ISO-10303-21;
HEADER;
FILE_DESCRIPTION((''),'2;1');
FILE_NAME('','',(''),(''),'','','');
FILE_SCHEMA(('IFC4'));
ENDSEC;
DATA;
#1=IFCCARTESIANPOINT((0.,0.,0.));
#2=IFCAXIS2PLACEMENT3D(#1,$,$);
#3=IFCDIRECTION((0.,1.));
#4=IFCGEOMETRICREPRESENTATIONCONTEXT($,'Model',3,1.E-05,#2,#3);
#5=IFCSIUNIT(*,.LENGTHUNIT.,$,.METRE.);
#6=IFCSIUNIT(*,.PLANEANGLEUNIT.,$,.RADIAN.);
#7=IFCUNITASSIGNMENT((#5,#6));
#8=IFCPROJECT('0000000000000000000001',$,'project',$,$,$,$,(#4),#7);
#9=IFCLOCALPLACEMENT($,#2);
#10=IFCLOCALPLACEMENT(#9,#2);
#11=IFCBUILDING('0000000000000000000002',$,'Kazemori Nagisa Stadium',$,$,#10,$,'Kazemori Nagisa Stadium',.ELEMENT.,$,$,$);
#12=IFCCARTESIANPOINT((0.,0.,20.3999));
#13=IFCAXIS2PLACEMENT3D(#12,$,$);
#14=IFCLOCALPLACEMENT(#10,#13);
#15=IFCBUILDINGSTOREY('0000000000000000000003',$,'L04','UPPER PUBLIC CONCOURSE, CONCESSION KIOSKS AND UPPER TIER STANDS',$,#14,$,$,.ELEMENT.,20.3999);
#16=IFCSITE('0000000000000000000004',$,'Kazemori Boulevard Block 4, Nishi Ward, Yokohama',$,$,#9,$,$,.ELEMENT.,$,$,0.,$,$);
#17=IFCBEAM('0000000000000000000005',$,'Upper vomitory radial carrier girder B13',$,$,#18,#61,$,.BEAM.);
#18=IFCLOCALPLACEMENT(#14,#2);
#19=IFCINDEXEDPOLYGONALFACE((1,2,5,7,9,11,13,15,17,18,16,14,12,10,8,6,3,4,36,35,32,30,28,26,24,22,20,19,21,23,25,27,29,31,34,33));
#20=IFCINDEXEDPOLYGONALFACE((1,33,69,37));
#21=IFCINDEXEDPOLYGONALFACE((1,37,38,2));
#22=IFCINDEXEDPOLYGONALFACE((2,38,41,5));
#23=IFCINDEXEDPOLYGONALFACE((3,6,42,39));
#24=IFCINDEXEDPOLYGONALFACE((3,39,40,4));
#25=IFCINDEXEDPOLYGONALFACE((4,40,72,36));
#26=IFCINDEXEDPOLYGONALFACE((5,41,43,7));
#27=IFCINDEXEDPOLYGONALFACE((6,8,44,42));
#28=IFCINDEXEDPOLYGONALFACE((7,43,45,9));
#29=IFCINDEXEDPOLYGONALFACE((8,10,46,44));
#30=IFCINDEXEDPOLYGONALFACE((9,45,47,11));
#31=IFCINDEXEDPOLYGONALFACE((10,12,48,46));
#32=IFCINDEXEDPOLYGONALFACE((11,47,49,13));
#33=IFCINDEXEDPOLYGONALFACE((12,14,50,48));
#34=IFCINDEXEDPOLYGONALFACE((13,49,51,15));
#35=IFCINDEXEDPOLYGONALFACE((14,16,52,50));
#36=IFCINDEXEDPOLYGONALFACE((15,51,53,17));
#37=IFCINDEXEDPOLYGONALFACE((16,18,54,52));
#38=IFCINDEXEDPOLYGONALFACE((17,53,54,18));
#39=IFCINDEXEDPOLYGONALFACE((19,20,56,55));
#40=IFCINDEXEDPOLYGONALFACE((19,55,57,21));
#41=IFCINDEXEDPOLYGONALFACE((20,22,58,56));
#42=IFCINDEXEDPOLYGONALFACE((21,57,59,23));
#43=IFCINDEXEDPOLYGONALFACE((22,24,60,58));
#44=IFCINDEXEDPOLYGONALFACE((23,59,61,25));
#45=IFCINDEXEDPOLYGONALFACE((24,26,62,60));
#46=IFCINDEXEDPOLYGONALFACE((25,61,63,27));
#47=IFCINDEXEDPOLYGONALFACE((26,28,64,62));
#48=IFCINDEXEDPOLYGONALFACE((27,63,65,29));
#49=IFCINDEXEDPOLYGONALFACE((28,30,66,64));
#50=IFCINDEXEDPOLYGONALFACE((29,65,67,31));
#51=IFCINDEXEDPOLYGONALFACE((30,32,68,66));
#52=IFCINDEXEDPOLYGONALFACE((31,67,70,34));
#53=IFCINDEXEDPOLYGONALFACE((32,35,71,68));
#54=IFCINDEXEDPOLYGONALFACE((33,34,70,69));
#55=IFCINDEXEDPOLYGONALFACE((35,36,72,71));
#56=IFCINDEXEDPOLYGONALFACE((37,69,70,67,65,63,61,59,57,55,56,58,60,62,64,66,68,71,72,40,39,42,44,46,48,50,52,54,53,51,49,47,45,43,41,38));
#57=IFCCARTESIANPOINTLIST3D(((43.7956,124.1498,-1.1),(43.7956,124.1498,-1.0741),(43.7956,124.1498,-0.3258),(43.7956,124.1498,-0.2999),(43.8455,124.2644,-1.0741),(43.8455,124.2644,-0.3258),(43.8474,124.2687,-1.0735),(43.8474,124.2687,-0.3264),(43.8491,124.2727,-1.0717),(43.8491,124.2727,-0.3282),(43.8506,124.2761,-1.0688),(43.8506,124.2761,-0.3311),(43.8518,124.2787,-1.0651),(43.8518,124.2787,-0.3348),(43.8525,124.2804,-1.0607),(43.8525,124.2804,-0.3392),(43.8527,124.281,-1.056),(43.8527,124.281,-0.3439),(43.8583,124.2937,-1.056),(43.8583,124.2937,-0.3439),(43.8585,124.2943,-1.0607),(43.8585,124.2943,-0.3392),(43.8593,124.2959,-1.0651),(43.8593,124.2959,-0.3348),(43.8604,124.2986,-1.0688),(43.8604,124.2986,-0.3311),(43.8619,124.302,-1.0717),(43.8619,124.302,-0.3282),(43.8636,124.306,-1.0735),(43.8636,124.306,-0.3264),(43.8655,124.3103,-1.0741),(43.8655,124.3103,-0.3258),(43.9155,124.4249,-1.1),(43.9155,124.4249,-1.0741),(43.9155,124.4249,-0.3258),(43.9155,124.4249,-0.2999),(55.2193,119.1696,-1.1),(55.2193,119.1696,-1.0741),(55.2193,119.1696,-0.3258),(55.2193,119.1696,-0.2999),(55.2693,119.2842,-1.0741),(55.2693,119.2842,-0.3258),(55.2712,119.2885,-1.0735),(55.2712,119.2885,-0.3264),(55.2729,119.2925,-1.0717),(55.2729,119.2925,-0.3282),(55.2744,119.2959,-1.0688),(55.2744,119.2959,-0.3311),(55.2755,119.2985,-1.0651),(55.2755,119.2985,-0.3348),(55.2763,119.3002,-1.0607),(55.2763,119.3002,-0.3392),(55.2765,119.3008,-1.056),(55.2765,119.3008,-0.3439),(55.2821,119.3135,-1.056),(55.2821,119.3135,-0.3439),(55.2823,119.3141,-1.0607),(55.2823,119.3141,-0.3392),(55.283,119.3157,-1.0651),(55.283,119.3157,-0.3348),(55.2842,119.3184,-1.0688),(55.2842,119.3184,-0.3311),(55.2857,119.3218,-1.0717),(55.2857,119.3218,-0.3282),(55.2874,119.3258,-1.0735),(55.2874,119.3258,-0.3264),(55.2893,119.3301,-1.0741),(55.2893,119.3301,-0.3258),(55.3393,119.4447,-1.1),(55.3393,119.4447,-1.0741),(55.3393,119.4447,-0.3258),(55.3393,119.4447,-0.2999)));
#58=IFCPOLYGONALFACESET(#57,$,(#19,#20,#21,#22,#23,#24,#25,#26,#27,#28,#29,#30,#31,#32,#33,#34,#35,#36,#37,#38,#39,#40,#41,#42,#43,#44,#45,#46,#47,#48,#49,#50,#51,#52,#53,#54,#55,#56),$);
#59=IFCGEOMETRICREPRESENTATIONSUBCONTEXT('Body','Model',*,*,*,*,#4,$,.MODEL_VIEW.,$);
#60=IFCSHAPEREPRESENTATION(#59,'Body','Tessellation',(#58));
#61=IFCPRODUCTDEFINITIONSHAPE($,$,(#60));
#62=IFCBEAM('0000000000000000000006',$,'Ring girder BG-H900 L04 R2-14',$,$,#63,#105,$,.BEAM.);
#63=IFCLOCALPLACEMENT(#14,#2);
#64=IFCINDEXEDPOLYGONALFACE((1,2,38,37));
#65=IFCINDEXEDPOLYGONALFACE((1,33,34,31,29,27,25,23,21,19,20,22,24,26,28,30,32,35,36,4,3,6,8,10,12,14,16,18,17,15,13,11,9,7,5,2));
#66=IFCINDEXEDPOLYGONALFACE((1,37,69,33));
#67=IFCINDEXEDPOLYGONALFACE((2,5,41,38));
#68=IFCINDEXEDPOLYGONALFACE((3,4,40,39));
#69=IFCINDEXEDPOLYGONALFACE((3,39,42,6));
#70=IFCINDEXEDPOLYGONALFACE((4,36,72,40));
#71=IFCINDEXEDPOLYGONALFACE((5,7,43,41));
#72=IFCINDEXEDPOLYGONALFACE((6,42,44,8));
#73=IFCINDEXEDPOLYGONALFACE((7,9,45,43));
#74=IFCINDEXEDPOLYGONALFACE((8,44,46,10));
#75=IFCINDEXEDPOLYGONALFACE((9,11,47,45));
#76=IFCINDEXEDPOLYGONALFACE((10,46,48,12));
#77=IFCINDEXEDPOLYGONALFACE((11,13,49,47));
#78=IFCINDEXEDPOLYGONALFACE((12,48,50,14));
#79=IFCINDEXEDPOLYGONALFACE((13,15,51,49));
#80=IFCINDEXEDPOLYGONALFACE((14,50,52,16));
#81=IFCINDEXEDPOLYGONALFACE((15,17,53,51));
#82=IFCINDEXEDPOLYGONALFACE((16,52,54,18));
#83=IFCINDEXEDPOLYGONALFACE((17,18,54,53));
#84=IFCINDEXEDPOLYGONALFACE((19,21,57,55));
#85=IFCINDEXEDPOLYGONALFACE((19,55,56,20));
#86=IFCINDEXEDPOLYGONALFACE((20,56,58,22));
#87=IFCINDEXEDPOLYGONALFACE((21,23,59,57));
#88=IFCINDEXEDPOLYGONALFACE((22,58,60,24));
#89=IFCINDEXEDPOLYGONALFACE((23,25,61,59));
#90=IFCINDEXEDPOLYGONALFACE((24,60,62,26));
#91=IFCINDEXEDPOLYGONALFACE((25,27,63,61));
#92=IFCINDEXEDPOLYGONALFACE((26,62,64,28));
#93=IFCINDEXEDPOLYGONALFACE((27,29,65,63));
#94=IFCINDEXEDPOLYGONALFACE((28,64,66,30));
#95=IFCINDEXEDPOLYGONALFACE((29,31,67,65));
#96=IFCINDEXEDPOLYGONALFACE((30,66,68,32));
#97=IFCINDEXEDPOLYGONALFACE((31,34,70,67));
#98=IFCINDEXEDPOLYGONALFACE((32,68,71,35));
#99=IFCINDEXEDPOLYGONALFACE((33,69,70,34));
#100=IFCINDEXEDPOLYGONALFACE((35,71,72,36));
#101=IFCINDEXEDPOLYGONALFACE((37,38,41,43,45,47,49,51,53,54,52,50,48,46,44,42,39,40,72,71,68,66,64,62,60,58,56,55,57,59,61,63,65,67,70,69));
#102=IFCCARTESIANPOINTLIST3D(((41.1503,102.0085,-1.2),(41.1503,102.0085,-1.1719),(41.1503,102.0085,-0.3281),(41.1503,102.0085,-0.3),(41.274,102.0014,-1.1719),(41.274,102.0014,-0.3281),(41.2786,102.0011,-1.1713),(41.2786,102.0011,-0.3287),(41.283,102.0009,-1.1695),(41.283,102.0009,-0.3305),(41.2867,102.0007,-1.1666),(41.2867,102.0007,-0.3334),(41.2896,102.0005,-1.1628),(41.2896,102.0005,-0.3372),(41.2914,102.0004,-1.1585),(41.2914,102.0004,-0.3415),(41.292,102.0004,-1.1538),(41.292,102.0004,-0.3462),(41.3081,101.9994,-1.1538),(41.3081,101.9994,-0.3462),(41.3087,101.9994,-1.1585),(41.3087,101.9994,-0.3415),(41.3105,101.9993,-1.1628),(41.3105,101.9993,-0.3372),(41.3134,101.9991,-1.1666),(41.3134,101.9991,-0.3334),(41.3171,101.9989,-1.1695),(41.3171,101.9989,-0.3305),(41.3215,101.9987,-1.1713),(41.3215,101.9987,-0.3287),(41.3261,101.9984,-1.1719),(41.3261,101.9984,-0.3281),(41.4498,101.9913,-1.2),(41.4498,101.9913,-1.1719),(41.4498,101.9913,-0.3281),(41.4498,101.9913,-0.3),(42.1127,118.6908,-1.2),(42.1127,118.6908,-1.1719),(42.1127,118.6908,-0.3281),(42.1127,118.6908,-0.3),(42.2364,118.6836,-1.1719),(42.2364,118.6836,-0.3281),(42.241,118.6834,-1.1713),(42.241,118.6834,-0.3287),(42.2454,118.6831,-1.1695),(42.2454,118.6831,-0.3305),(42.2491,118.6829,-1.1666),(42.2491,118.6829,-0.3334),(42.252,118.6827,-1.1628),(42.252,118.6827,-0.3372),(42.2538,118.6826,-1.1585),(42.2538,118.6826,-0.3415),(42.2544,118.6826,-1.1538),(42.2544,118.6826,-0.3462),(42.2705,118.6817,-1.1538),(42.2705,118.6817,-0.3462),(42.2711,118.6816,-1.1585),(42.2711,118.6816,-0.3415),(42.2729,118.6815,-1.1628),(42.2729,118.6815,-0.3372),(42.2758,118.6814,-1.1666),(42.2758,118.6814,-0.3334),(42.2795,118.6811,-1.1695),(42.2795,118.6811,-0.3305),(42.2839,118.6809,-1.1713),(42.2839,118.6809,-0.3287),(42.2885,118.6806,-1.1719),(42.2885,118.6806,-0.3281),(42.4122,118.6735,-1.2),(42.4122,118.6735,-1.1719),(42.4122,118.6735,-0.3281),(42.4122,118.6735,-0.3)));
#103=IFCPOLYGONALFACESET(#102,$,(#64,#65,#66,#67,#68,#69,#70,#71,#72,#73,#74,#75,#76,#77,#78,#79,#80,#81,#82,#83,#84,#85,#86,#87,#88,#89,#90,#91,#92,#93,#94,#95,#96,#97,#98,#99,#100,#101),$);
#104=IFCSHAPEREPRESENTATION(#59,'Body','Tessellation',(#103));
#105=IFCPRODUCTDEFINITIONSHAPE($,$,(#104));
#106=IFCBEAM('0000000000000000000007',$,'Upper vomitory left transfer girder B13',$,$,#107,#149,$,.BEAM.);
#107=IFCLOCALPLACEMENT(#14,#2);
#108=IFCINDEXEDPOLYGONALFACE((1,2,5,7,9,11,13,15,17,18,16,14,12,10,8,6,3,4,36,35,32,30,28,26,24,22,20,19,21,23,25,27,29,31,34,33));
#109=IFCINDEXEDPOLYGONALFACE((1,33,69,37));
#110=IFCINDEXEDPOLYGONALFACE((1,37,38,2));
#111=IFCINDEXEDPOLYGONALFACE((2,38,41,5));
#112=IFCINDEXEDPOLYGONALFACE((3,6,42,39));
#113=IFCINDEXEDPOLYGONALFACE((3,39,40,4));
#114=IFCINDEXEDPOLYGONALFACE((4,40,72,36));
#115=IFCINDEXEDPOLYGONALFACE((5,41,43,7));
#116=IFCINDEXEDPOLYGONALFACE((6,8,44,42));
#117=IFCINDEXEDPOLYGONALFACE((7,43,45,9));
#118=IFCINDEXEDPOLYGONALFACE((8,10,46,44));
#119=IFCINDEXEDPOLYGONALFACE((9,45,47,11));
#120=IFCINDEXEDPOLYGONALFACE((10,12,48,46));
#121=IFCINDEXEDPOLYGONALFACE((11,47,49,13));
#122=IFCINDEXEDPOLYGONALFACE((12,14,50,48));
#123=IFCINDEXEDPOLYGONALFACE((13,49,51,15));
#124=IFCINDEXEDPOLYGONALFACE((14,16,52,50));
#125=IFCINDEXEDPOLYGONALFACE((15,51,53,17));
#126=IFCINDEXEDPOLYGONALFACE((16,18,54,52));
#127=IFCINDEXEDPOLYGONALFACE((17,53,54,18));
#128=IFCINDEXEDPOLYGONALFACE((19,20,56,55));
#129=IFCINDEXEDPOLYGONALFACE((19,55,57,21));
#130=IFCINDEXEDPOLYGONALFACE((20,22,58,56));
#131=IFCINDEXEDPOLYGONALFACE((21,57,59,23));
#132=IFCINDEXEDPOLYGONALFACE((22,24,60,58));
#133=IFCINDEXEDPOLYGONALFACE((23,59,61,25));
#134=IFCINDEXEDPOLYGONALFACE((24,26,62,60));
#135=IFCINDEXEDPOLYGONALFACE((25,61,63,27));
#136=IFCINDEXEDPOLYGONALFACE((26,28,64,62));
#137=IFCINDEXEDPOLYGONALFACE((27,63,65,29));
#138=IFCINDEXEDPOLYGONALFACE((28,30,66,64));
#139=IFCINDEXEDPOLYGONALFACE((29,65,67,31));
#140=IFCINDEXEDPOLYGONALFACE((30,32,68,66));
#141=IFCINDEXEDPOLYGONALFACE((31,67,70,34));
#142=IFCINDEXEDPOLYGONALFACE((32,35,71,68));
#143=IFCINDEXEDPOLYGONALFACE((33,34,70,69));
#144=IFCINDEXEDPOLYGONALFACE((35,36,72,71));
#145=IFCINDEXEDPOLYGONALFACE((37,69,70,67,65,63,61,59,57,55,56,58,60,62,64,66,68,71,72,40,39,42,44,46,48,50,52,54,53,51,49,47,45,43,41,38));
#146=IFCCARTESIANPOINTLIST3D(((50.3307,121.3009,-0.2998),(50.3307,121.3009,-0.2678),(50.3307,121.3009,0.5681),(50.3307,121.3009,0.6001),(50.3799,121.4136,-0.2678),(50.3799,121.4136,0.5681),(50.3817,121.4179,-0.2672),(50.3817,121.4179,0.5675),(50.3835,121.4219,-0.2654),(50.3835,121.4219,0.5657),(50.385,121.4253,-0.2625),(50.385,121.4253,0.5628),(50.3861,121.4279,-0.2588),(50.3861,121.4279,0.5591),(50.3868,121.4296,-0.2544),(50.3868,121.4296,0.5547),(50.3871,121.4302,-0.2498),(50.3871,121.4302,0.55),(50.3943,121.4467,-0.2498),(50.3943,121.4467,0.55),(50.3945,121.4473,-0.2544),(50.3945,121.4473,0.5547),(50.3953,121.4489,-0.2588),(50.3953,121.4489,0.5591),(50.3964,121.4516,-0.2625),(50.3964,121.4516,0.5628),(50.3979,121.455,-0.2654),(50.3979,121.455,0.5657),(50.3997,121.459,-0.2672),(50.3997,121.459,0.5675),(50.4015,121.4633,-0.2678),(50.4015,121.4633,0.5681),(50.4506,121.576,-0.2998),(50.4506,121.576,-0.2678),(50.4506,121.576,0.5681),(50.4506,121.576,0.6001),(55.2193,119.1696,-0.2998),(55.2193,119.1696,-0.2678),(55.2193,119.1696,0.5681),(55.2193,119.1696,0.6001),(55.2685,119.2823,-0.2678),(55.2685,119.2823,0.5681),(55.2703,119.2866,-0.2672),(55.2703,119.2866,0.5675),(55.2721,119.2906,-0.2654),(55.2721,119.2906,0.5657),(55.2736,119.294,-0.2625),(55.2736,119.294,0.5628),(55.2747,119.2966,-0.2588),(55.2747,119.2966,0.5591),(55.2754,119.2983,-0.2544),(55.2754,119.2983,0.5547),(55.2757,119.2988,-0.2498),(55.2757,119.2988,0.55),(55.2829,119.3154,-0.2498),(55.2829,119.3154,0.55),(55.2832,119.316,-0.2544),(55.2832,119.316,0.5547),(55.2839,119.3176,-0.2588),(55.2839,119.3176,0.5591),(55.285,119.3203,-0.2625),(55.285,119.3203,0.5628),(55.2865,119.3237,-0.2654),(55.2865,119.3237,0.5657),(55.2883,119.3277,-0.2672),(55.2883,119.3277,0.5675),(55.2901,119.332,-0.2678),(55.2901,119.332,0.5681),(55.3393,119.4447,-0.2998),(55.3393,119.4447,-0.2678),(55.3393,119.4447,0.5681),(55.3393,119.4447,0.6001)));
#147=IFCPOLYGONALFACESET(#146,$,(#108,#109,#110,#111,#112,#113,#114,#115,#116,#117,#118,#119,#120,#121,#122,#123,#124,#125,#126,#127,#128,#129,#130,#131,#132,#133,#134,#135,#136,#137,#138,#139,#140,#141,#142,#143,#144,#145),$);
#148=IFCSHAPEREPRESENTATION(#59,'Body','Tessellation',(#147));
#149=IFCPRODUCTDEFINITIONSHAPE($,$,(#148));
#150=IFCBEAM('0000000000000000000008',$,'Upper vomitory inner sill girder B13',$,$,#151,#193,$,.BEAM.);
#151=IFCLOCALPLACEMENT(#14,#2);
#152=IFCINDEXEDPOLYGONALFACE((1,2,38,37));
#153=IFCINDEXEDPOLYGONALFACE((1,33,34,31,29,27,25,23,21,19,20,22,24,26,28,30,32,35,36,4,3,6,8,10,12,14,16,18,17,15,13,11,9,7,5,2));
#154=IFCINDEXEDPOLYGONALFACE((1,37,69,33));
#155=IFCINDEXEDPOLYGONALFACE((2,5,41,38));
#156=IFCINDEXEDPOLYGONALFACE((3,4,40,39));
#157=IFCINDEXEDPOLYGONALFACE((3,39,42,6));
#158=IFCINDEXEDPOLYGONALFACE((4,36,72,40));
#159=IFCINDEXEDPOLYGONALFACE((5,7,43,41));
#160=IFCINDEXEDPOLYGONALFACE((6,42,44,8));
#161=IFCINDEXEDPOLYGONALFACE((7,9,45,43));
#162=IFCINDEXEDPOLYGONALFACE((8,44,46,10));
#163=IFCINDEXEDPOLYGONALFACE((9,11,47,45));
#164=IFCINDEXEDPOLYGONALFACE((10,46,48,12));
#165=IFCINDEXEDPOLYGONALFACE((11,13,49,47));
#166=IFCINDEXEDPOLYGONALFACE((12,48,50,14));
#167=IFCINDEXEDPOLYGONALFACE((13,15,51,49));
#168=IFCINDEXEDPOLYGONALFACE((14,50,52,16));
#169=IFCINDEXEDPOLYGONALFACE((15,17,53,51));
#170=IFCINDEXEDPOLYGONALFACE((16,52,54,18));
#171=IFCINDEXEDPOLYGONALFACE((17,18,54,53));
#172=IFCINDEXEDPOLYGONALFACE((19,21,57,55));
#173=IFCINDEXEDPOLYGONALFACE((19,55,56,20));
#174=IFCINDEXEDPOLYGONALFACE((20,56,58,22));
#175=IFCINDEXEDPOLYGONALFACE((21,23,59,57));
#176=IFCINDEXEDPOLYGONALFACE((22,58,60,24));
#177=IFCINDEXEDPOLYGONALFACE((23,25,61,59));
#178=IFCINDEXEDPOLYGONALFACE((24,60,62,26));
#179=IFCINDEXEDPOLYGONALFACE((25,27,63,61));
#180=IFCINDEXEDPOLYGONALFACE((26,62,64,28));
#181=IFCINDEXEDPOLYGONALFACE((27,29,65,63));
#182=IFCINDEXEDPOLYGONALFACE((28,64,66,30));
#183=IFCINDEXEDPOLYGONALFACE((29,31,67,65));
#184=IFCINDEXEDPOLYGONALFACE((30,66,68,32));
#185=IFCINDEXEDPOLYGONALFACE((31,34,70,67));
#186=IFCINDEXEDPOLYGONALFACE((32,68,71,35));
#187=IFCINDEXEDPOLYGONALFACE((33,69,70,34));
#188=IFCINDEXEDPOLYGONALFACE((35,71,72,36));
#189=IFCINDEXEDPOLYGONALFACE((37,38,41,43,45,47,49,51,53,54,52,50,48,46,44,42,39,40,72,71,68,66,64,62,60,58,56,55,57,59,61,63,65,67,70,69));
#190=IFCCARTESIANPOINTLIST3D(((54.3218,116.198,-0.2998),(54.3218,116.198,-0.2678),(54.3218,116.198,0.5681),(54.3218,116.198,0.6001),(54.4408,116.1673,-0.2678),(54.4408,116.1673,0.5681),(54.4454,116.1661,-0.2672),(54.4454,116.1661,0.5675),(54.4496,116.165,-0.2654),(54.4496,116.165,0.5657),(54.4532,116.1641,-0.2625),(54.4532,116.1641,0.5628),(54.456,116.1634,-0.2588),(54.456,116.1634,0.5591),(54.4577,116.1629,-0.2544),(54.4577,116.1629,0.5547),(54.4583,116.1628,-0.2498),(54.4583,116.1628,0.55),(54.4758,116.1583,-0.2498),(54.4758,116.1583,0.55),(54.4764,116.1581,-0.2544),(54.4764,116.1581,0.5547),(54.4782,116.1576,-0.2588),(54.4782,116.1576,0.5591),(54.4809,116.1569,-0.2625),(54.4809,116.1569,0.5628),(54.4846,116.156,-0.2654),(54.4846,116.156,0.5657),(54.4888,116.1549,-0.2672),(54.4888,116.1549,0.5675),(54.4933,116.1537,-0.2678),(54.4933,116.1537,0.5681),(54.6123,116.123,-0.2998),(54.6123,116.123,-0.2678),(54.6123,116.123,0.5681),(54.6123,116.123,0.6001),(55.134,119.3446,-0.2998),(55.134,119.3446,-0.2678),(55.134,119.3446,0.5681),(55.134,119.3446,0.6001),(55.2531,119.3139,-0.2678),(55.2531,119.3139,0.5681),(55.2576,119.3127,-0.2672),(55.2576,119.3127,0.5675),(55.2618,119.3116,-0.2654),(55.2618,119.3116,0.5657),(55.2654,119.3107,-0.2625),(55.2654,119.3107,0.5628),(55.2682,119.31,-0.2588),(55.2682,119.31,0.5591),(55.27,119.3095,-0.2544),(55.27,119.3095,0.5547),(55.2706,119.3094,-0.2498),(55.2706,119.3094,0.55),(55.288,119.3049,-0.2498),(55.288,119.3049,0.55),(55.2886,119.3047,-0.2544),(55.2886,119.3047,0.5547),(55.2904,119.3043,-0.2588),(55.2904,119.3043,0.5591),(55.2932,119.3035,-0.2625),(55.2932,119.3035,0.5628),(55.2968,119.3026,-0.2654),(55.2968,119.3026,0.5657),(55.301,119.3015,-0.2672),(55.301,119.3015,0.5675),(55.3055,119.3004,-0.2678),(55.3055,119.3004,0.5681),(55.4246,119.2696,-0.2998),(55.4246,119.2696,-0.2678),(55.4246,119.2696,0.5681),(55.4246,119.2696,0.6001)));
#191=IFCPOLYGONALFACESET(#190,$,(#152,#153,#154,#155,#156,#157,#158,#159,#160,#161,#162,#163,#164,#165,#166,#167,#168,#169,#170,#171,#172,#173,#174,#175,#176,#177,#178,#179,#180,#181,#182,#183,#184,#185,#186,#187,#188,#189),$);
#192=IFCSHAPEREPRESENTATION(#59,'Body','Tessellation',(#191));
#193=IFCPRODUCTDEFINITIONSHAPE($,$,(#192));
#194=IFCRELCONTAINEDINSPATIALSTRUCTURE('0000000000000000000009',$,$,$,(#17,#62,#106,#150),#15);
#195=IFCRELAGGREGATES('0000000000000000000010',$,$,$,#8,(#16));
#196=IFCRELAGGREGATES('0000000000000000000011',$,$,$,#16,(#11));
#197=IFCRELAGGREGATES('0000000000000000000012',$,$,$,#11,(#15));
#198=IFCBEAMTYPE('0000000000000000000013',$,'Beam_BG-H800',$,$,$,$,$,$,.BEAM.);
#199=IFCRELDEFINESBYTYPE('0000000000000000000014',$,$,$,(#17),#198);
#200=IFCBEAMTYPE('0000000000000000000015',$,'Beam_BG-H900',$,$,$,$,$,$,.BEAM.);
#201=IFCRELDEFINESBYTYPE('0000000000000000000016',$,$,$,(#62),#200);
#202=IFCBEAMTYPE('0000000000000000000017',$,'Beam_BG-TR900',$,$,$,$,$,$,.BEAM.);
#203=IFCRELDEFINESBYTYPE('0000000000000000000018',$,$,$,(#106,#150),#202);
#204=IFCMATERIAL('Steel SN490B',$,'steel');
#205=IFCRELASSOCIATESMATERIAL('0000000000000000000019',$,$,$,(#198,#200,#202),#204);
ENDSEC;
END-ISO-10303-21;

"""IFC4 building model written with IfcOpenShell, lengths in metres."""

from ifc_helpers import new_model, si_unit, direction, frame, origin, origin_2d, place, context, subcontext, project, spatial, i_section, extrude, material, material_profile, profile_set, type_object, element, save


model = new_model("IFC4")

# Units and contexts
model_context = context("Model", 3, precision=1e-05, world=origin(), true_north=direction((0.0, 1.0)))
body_context = subcontext(model_context, "Body", "Model", "MODEL_VIEW")
ifc_project = project(units=[si_unit("LENGTHUNIT", "METRE"), si_unit("PLANEANGLEUNIT", "RADIAN")], contexts=[model_context])

# Site, building, storey
site_placement = place(None, origin())
site = spatial("IfcSite", under=ifc_project, at=site_placement, Name="Kazemori Boulevard Block 4, Nishi Ward, Yokohama", CompositionType="ELEMENT", RefElevation=0.0)
building_placement = place(site_placement, origin())
building = spatial("IfcBuilding", under=site, at=building_placement, Name="Kazemori Nagisa Stadium", LongName="Kazemori Nagisa Stadium", CompositionType="ELEMENT")
storey_placement = place(building_placement, frame((0.0, 0.0, 20.3999)))
storey = spatial("IfcBuildingStorey", under=building, at=storey_placement, Name="L04", Description="UPPER PUBLIC CONCOURSE, CONCESSION KIOSKS AND UPPER TIER STANDS", CompositionType="ELEMENT", Elevation=20.3999)

# Beams
ifc_material_1 = material(Name="Steel SN490B", Category="steel")
ifc_material_profile_1 = material_profile(ifc_material_1, i_section(OverallWidth=0.3, OverallDepth=0.8, WebThickness=0.0139, FlangeThickness=0.0259, FilletRadius=0.0181, at=origin_2d()), Name="H-800x300x14x26")
ifc_profile_set_1 = profile_set([ifc_material_profile_1], Name="Steel SN490B")
beam_type_1 = type_object("IfcBeamType", Name="Beam_BG-H800", PredefinedType="BEAM", material=ifc_profile_set_1)
beam_1_placement = place(storey_placement, frame((55.2793, 119.3071, -0.7), z_axis=(-0.916678, 0.399626, 0.0), x_axis=(-0.399626, -0.916678, 0.0)))
element("IfcBeam", 1, at=beam_1_placement, inside=storey, type_object=beam_type_1, Name="Upper vomitory radial carrier girder B13", PredefinedType="BEAM", context=body_context, shape_type="SweptSolid", body=[
    extrude(i_section(OverallWidth=0.3, OverallDepth=0.8, WebThickness=0.0139, FlangeThickness=0.0259, FilletRadius=0.0181, at=origin_2d()), origin(), (0.0, 0.0, 1.0), 12.4622),
])
ifc_material_profile_2 = material_profile(ifc_material_1, i_section(OverallWidth=0.3, OverallDepth=0.8999, WebThickness=0.0161, FlangeThickness=0.0281, FilletRadius=0.0181, at=origin_2d()), Name="H-900x300x16x28")
ifc_profile_set_2 = profile_set([ifc_material_profile_2], Name="Steel SN490B")
beam_type_2 = type_object("IfcBeamType", Name="Beam_BG-H900", PredefinedType="BEAM", material=ifc_profile_set_2)
beam_2_placement = place(storey_placement, frame((42.2625, 118.6821, -0.75), z_axis=(-0.057595, -0.99834, 0.0), x_axis=(0.99834, -0.057595, 0.0)))
element("IfcBeam", 2, at=beam_2_placement, inside=storey, type_object=beam_type_2, Name="Ring girder BG-H900 L04 R2-14", PredefinedType="BEAM", context=body_context, shape_type="SweptSolid", body=[
    extrude(i_section(OverallWidth=0.3, OverallDepth=0.8999, WebThickness=0.0161, FlangeThickness=0.0281, FilletRadius=0.0181, at=origin_2d()), origin(), (0.0, 0.0, 1.0), 16.71),
])
ifc_material_profile_3 = material_profile(ifc_material_1, i_section(OverallWidth=0.3, OverallDepth=0.8999, WebThickness=0.0181, FlangeThickness=0.032, FilletRadius=0.0181, at=origin_2d()), Name="H-900x300x18x32")
ifc_profile_set_3 = profile_set([ifc_material_profile_3], Name="Steel SN490B")
beam_type_3 = type_object("IfcBeamType", Name="Beam_BG-TR900", PredefinedType="BEAM", material=ifc_profile_set_3)
beam_3_placement = place(storey_placement, frame((55.2793, 119.3071, 0.1501), z_axis=(-0.916669, 0.399647, 0.0), x_axis=(-0.399647, -0.916669, 0.0)))
element("IfcBeam", 3, at=beam_3_placement, inside=storey, type_object=beam_type_3, Name="Upper vomitory left transfer girder B13", PredefinedType="BEAM", context=body_context, shape_type="SweptSolid", body=[
    extrude(i_section(OverallWidth=0.3, OverallDepth=0.8999, WebThickness=0.0181, FlangeThickness=0.032, FilletRadius=0.0181, at=origin_2d()), origin(), (0.0, 0.0, 1.0), 5.333),
])
beam_4_placement = place(storey_placement, frame((55.2793, 119.3071, 0.1501), z_axis=(-0.249935, -0.968263, 0.0), x_axis=(0.968263, -0.249935, 0.0)))
element("IfcBeam", 4, at=beam_4_placement, inside=storey, type_object=beam_type_3, Name="Upper vomitory inner sill girder B13", PredefinedType="BEAM", context=body_context, shape_type="SweptSolid", body=[
    extrude(i_section(OverallWidth=0.3, OverallDepth=0.8999, WebThickness=0.0181, FlangeThickness=0.032, FilletRadius=0.0181, at=origin_2d()), origin(), (0.0, 0.0, 1.0), 3.2498),
])

save(model, "model.ifc")
